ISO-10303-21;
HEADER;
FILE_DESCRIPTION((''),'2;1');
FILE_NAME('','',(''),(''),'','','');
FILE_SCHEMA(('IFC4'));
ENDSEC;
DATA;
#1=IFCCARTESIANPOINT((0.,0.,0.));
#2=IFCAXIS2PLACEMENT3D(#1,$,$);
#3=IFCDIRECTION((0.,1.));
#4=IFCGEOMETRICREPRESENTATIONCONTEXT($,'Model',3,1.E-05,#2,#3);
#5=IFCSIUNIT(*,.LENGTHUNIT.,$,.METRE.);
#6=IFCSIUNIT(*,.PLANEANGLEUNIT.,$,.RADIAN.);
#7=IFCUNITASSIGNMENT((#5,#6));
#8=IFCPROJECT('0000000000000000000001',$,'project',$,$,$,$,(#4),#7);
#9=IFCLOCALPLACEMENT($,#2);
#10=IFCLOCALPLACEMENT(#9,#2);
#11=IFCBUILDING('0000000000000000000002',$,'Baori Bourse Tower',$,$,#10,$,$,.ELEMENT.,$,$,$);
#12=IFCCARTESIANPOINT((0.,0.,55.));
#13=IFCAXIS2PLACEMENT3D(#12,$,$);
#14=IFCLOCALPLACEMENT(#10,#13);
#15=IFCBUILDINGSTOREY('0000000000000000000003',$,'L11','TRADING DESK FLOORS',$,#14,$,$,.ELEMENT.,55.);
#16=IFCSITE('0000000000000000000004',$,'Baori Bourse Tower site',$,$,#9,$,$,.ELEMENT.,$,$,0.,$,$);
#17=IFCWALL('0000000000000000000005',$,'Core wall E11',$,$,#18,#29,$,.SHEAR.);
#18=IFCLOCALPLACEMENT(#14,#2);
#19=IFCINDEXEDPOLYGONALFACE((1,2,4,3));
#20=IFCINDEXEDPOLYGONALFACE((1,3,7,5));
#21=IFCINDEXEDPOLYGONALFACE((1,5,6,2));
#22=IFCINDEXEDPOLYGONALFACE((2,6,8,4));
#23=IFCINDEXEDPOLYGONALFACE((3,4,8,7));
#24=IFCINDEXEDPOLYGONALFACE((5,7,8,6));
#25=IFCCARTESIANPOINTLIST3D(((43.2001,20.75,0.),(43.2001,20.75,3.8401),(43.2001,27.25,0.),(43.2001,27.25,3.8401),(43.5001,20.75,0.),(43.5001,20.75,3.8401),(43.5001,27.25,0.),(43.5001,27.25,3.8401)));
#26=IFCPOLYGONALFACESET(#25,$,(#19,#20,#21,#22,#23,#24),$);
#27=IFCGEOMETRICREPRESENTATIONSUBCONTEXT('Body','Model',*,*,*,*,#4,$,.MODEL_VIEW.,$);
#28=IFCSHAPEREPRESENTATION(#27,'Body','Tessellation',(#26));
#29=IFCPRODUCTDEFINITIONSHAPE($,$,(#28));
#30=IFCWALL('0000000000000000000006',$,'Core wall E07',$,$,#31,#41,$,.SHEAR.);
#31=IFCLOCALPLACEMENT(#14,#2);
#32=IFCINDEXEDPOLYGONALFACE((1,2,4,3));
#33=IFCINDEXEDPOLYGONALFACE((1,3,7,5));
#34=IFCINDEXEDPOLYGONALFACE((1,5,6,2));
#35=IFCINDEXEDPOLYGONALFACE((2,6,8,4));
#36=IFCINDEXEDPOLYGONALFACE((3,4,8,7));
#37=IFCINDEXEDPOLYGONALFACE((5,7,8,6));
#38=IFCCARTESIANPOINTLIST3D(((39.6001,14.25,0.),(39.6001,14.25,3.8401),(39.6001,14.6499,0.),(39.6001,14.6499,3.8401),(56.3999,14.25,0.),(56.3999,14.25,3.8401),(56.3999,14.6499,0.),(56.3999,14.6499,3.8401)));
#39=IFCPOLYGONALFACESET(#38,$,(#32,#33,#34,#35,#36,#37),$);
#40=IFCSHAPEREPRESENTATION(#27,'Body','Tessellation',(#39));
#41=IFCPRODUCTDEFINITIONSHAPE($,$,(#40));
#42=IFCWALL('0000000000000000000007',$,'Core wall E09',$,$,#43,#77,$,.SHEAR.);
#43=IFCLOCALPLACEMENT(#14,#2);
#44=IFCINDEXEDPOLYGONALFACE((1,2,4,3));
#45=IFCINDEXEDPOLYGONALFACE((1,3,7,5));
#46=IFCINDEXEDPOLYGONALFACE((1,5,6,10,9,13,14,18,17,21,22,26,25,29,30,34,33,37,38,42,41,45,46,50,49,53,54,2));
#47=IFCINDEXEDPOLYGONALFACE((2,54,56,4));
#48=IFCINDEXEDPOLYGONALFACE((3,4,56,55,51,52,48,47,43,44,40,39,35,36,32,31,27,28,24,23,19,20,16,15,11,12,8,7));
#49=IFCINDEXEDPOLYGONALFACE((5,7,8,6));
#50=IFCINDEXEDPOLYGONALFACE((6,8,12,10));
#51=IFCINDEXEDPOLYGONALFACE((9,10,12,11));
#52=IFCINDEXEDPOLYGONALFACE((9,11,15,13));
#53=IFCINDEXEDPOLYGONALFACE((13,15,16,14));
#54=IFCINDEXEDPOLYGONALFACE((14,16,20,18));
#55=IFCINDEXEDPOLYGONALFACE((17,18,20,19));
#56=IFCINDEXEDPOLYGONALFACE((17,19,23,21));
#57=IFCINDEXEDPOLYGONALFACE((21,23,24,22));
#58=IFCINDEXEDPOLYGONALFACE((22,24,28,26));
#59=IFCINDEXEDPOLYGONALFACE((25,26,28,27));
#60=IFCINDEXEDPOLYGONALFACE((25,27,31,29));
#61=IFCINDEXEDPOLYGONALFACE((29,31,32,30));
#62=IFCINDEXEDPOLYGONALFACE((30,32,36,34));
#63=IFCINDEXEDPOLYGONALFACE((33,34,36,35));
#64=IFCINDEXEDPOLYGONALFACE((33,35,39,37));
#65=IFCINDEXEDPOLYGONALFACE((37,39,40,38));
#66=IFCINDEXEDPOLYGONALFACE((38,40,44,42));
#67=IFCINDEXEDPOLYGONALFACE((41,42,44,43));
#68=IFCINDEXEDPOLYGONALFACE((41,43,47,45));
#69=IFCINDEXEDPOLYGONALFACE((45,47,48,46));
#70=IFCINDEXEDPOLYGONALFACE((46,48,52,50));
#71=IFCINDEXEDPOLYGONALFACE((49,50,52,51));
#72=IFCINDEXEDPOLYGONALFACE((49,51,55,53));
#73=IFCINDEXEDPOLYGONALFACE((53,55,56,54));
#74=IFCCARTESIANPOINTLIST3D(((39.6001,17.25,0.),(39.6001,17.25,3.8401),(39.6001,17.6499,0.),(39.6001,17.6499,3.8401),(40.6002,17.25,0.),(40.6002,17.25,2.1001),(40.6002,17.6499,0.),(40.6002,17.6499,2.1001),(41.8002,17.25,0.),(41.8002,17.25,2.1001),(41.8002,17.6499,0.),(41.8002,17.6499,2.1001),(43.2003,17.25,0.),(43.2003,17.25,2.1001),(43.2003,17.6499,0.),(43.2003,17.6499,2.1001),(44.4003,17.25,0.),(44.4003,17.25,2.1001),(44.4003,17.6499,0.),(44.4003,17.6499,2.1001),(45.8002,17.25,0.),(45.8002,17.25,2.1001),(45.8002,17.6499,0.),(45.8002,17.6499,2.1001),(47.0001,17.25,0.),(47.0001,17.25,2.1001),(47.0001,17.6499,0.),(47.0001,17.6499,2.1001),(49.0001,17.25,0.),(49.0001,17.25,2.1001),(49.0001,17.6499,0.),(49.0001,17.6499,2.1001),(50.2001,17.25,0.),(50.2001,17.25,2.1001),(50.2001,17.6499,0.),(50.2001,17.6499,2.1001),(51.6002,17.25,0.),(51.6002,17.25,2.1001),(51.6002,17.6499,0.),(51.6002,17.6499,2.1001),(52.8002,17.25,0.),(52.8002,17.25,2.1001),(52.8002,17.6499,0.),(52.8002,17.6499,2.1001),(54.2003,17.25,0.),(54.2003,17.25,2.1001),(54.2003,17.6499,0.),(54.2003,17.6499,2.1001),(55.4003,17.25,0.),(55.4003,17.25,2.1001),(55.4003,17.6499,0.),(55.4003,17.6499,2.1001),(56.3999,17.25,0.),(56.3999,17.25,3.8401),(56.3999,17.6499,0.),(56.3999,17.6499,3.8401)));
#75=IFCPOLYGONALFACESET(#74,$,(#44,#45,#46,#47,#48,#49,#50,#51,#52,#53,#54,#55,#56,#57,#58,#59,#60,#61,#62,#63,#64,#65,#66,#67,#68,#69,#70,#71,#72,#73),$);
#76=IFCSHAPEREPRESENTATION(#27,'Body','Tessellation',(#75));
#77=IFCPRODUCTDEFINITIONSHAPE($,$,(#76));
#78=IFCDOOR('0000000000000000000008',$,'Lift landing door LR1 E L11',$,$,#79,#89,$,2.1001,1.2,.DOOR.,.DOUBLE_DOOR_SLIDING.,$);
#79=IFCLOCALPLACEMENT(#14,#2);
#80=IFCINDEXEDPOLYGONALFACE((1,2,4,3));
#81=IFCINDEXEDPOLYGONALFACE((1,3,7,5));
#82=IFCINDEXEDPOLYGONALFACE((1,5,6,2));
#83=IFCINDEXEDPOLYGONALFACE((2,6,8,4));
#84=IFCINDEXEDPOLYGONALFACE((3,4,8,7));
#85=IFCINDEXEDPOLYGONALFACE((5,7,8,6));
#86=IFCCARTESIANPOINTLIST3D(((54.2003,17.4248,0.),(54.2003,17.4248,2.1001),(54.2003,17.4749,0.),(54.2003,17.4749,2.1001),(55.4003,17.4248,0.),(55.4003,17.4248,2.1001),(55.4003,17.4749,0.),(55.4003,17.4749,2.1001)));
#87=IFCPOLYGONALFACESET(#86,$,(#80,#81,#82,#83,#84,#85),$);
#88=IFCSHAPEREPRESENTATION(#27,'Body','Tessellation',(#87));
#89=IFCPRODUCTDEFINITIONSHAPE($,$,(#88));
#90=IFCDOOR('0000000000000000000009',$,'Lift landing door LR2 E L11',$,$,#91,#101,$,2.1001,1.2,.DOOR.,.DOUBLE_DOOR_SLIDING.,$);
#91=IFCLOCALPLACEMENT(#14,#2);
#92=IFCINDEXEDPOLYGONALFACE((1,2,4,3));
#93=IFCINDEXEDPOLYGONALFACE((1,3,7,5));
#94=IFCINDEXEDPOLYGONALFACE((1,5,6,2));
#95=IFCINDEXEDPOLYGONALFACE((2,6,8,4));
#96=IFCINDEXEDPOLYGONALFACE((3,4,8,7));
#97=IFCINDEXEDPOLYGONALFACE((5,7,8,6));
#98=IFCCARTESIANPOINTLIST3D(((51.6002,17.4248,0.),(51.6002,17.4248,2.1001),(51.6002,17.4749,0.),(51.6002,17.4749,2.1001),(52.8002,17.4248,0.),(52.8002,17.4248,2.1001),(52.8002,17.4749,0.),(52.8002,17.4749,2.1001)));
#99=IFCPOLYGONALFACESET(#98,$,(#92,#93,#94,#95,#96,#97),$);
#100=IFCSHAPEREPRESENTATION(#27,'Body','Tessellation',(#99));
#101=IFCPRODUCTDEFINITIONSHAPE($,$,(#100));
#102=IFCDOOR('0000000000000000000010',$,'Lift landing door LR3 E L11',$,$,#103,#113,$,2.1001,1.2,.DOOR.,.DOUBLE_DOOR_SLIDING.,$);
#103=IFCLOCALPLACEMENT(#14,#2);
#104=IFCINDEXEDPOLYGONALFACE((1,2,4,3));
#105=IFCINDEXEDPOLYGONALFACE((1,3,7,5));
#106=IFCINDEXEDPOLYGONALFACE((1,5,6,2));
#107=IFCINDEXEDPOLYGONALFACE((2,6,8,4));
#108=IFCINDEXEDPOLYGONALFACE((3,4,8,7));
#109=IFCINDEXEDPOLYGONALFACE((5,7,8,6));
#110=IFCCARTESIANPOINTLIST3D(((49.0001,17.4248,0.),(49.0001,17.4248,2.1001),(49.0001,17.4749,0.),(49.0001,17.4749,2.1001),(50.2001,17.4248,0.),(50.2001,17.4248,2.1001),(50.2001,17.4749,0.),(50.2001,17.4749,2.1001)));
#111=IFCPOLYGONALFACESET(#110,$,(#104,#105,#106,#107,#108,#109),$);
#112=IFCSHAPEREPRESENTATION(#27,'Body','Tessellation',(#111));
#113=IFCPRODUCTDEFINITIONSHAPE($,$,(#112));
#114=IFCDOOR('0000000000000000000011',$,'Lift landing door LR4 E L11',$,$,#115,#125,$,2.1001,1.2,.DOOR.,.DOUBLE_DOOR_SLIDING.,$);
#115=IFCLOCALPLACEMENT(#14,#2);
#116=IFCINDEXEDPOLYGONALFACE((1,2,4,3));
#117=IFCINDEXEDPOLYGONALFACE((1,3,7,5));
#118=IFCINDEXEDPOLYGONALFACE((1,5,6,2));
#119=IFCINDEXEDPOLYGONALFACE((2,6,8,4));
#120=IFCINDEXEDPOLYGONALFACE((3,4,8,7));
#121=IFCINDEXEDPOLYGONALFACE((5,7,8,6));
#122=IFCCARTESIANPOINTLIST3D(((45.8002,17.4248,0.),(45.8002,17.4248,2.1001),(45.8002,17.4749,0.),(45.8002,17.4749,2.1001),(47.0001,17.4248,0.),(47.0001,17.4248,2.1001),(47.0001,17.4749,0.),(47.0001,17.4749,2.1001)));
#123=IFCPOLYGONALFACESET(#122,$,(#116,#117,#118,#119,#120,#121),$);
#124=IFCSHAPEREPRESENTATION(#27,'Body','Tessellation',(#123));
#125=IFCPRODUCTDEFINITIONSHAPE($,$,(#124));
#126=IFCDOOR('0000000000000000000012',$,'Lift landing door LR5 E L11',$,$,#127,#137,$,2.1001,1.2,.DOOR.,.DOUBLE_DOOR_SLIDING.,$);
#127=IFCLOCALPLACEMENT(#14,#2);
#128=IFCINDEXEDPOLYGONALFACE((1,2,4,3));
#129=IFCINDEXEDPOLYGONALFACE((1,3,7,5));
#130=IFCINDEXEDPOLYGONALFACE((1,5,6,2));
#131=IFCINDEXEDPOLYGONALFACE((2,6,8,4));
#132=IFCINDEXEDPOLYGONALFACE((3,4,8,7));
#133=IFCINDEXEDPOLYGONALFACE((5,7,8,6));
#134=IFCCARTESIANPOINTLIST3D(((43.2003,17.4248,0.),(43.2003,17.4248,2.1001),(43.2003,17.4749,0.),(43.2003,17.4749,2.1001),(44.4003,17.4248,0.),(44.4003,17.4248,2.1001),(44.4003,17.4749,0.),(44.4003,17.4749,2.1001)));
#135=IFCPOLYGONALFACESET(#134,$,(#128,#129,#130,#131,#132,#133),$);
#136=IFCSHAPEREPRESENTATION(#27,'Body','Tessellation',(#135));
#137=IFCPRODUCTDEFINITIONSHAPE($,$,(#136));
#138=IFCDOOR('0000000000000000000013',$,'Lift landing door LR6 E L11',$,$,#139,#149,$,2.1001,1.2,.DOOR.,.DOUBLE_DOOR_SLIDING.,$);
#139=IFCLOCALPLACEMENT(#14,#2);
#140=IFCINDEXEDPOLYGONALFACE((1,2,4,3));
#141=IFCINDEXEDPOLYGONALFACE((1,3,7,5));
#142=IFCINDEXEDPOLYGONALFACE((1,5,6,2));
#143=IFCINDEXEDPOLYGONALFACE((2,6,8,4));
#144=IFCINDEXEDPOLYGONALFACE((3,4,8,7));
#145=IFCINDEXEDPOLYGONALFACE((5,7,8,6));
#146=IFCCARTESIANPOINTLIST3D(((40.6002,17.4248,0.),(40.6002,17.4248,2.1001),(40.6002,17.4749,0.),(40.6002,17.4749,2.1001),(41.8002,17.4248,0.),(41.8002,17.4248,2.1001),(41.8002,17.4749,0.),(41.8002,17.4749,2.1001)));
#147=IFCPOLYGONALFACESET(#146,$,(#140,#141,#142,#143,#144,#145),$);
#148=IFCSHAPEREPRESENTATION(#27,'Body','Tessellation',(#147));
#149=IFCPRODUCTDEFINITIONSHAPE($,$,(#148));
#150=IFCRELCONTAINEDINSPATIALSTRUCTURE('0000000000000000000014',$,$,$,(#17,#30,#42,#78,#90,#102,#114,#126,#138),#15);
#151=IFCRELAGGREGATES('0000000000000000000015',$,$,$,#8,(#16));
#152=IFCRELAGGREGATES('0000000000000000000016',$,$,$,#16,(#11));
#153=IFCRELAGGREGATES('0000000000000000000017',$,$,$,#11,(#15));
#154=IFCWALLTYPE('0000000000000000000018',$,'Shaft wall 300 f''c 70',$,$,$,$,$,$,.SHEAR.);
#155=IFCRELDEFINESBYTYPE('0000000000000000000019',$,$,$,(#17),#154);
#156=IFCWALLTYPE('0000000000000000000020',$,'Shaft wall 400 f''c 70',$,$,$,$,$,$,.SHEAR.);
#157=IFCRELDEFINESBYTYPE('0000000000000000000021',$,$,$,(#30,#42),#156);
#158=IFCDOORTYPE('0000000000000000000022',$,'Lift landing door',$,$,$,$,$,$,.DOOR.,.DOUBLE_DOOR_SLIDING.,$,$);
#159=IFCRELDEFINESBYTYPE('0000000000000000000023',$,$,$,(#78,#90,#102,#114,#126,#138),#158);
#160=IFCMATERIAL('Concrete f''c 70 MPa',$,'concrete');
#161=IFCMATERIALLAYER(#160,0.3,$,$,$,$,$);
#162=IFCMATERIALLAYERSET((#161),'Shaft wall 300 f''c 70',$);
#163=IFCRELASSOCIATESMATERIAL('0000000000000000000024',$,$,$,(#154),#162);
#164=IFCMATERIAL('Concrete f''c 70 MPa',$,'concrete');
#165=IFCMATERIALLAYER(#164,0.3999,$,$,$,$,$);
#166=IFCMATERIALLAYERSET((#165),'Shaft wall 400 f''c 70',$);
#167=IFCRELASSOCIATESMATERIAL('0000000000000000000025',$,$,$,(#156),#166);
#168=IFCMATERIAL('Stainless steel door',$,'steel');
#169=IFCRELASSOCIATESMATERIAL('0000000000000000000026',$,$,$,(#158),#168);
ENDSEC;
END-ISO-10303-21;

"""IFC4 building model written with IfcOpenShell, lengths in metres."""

from ifc_helpers import new_model, si_unit, direction, frame, frame_2d, origin, place, context, subcontext, project, spatial, rectangle, extrude, material, layer, layer_set, type_object, element, fill, save


model = new_model("IFC4")

# Units and contexts
model_context = context("Model", 3, precision=1e-05, world=origin(), true_north=direction((0.0, 1.0)))
body_context = subcontext(model_context, "Body", "Model", "MODEL_VIEW")
ifc_project = project(units=[si_unit("LENGTHUNIT", "METRE"), si_unit("PLANEANGLEUNIT", "RADIAN")], contexts=[model_context])

# Site, building, storey
site_placement = place(None, origin())
site = spatial("IfcSite", under=ifc_project, at=site_placement, Name="Baori Bourse Tower site", CompositionType="ELEMENT", RefElevation=0.0)
building_placement = place(site_placement, origin())
building = spatial("IfcBuilding", under=site, at=building_placement, Name="Baori Bourse Tower", CompositionType="ELEMENT")
storey_placement = place(building_placement, frame((0.0, 0.0, 55.0)))
storey = spatial("IfcBuildingStorey", under=building, at=storey_placement, Name="L11", Description="TRADING DESK FLOORS", CompositionType="ELEMENT", Elevation=55.0)

# Walls
ifc_material_1 = material(Name="Concrete f'c 70 MPa", Category="concrete")
ifc_layer_1 = layer(ifc_material_1, 0.3)
ifc_layer_set_1 = layer_set([ifc_layer_1], Name="Shaft wall 300 f'c 70")
wall_type_1 = type_object("IfcWallType", Name="Shaft wall 300 f'c 70", PredefinedType="SHEAR", material=ifc_layer_set_1)
wall_1_placement = place(storey_placement, frame((43.3501, 20.75, 0.0), z_axis=(0.0, 0.0, 1.0), x_axis=(0.0, 1.0, 0.0)))
element("IfcWall", 1, at=wall_1_placement, inside=storey, type_object=wall_type_1, Name="Core wall E11", PredefinedType="SHEAR", context=body_context, shape_type="SweptSolid", body=[
    extrude(rectangle(XDim=6.5, YDim=0.3, at=frame_2d((3.25, 0.0))), origin(), (0.0, 0.0, 1.0), 3.8401),
])
ifc_material_2 = material(Name="Concrete f'c 70 MPa", Category="concrete")
ifc_layer_2 = layer(ifc_material_2, 0.3999)
ifc_layer_set_2 = layer_set([ifc_layer_2], Name="Shaft wall 400 f'c 70")
wall_type_2 = type_object("IfcWallType", Name="Shaft wall 400 f'c 70", PredefinedType="SHEAR", material=ifc_layer_set_2)
wall_2_placement = place(storey_placement, frame((39.6001, 14.45, 0.0), z_axis=(0.0, 0.0, 1.0), x_axis=(1.0, 0.0, 0.0)))
element("IfcWall", 2, at=wall_2_placement, inside=storey, type_object=wall_type_2, Name="Core wall E07", PredefinedType="SHEAR", context=body_context, shape_type="SweptSolid", body=[
    extrude(rectangle(XDim=16.7998, YDim=0.3999, at=frame_2d((8.3999, 0.0))), origin(), (0.0, 0.0, 1.0), 3.8401),
])

# Wall, openings, doors
wall_3_placement = place(storey_placement, frame((39.6001, 17.45, 0.0), z_axis=(0.0, 0.0, 1.0), x_axis=(1.0, 0.0, 0.0)))
wall_3 = element("IfcWall", 3, at=wall_3_placement, inside=storey, type_object=wall_type_2, Name="Core wall E09", PredefinedType="SHEAR", context=body_context, shape_type="SweptSolid", body=[
    extrude(rectangle(XDim=16.7998, YDim=0.3999, at=frame_2d((8.3999, 0.0))), origin(), (0.0, 0.0, 1.0), 3.8401),
])
opening_1_placement = place(wall_3_placement, frame((14.6001, 0.0, 0.0)))
opening_1 = element("IfcOpeningElement", 4, at=opening_1_placement, cuts=wall_3, PredefinedType="OPENING", context=body_context, shape_type="SweptSolid", body=[
    extrude(rectangle(XDim=1.2, YDim=2.1001, at=frame_2d((0.6001, 1.05))), frame((0.0, 0.21, 0.0), z_axis=(0.0, -1.0, 0.0), x_axis=(1.0, 0.0, 0.0)), (0.0, 0.0, 1.0), 0.4199),
])
opening_2_placement = place(wall_3_placement, frame((12.0, 0.0, 0.0)))
opening_2 = element("IfcOpeningElement", 5, at=opening_2_placement, cuts=wall_3, PredefinedType="OPENING", context=body_context, shape_type="SweptSolid", body=[
    extrude(rectangle(XDim=1.2, YDim=2.1001, at=frame_2d((0.6001, 1.05))), frame((0.0, 0.21, 0.0), z_axis=(0.0, -1.0, 0.0), x_axis=(1.0, 0.0, 0.0)), (0.0, 0.0, 1.0), 0.4199),
])
opening_3_placement = place(wall_3_placement, frame((9.3999, 0.0, 0.0)))
opening_3 = element("IfcOpeningElement", 6, at=opening_3_placement, cuts=wall_3, PredefinedType="OPENING", context=body_context, shape_type="SweptSolid", body=[
    extrude(rectangle(XDim=1.2, YDim=2.1001, at=frame_2d((0.6001, 1.05))), frame((0.0, 0.21, 0.0), z_axis=(0.0, -1.0, 0.0), x_axis=(1.0, 0.0, 0.0)), (0.0, 0.0, 1.0), 0.4199),
])
opening_4_placement = place(wall_3_placement, frame((6.2, 0.0, 0.0)))
opening_4 = element("IfcOpeningElement", 7, at=opening_4_placement, cuts=wall_3, PredefinedType="OPENING", context=body_context, shape_type="SweptSolid", body=[
    extrude(rectangle(XDim=1.2, YDim=2.1001, at=frame_2d((0.6001, 1.05))), frame((0.0, 0.21, 0.0), z_axis=(0.0, -1.0, 0.0), x_axis=(1.0, 0.0, 0.0)), (0.0, 0.0, 1.0), 0.4199),
])
opening_5_placement = place(wall_3_placement, frame((3.6001, 0.0, 0.0)))
opening_5 = element("IfcOpeningElement", 8, at=opening_5_placement, cuts=wall_3, PredefinedType="OPENING", context=body_context, shape_type="SweptSolid", body=[
    extrude(rectangle(XDim=1.2, YDim=2.1001, at=frame_2d((0.6001, 1.05))), frame((0.0, 0.21, 0.0), z_axis=(0.0, -1.0, 0.0), x_axis=(1.0, 0.0, 0.0)), (0.0, 0.0, 1.0), 0.4199),
])
opening_6_placement = place(wall_3_placement, frame((1.0, 0.0, 0.0)))
opening_6 = element("IfcOpeningElement", 9, at=opening_6_placement, cuts=wall_3, PredefinedType="OPENING", context=body_context, shape_type="SweptSolid", body=[
    extrude(rectangle(XDim=1.2, YDim=2.1001, at=frame_2d((0.6001, 1.05))), frame((0.0, 0.21, 0.0), z_axis=(0.0, -1.0, 0.0), x_axis=(1.0, 0.0, 0.0)), (0.0, 0.0, 1.0), 0.4199),
])
ifc_material_3 = material(Name="Stainless steel door", Category="steel")
door_type_1 = type_object("IfcDoorType", Name="Lift landing door", OperationType="DOUBLE_DOOR_SLIDING", PredefinedType="DOOR", material=ifc_material_3)
door_1_placement = place(opening_1_placement, origin())
door_1 = element("IfcDoor", 10, at=door_1_placement, inside=storey, type_object=door_type_1, Name="Lift landing door LR1 E L11", OperationType="DOUBLE_DOOR_SLIDING", OverallHeight=2.1001, OverallWidth=1.2, PredefinedType="DOOR", context=body_context, shape_type="SweptSolid", body=[
    extrude(rectangle(XDim=1.2, YDim=2.1001, at=frame_2d((0.6001, 1.05))), frame((0.0, 0.0249, 0.0), z_axis=(0.0, -1.0, 0.0), x_axis=(1.0, 0.0, 0.0)), (0.0, 0.0, 1.0), 0.05),
])
fill(opening_1, door_1)
door_2_placement = place(opening_2_placement, origin())
door_2 = element("IfcDoor", 11, at=door_2_placement, inside=storey, type_object=door_type_1, Name="Lift landing door LR2 E L11", OperationType="DOUBLE_DOOR_SLIDING", OverallHeight=2.1001, OverallWidth=1.2, PredefinedType="DOOR", context=body_context, shape_type="SweptSolid", body=[
    extrude(rectangle(XDim=1.2, YDim=2.1001, at=frame_2d((0.6001, 1.05))), frame((0.0, 0.0249, 0.0), z_axis=(0.0, -1.0, 0.0), x_axis=(1.0, 0.0, 0.0)), (0.0, 0.0, 1.0), 0.05),
])
fill(opening_2, door_2)
door_3_placement = place(opening_3_placement, origin())
door_3 = element("IfcDoor", 12, at=door_3_placement, inside=storey, type_object=door_type_1, Name="Lift landing door LR3 E L11", OperationType="DOUBLE_DOOR_SLIDING", OverallHeight=2.1001, OverallWidth=1.2, PredefinedType="DOOR", context=body_context, shape_type="SweptSolid", body=[
    extrude(rectangle(XDim=1.2, YDim=2.1001, at=frame_2d((0.6001, 1.05))), frame((0.0, 0.0249, 0.0), z_axis=(0.0, -1.0, 0.0), x_axis=(1.0, 0.0, 0.0)), (0.0, 0.0, 1.0), 0.05),
])
fill(opening_3, door_3)
door_4_placement = place(opening_4_placement, origin())
door_4 = element("IfcDoor", 13, at=door_4_placement, inside=storey, type_object=door_type_1, Name="Lift landing door LR4 E L11", OperationType="DOUBLE_DOOR_SLIDING", OverallHeight=2.1001, OverallWidth=1.2, PredefinedType="DOOR", context=body_context, shape_type="SweptSolid", body=[
    extrude(rectangle(XDim=1.2, YDim=2.1001, at=frame_2d((0.6001, 1.05))), frame((0.0, 0.0249, 0.0), z_axis=(0.0, -1.0, 0.0), x_axis=(1.0, 0.0, 0.0)), (0.0, 0.0, 1.0), 0.05),
])
fill(opening_4, door_4)
door_5_placement = place(opening_5_placement, origin())
door_5 = element("IfcDoor", 14, at=door_5_placement, inside=storey, type_object=door_type_1, Name="Lift landing door LR5 E L11", OperationType="DOUBLE_DOOR_SLIDING", OverallHeight=2.1001, OverallWidth=1.2, PredefinedType="DOOR", context=body_context, shape_type="SweptSolid", body=[
    extrude(rectangle(XDim=1.2, YDim=2.1001, at=frame_2d((0.6001, 1.05))), frame((0.0, 0.0249, 0.0), z_axis=(0.0, -1.0, 0.0), x_axis=(1.0, 0.0, 0.0)), (0.0, 0.0, 1.0), 0.05),
])
fill(opening_5, door_5)
door_6_placement = place(opening_6_placement, origin())
door_6 = element("IfcDoor", 15, at=door_6_placement, inside=storey, type_object=door_type_1, Name="Lift landing door LR6 E L11", OperationType="DOUBLE_DOOR_SLIDING", OverallHeight=2.1001, OverallWidth=1.2, PredefinedType="DOOR", context=body_context, shape_type="SweptSolid", body=[
    extrude(rectangle(XDim=1.2, YDim=2.1001, at=frame_2d((0.6001, 1.05))), frame((0.0, 0.0249, 0.0), z_axis=(0.0, -1.0, 0.0), x_axis=(1.0, 0.0, 0.0)), (0.0, 0.0, 1.0), 0.05),
])
fill(opening_6, door_6)

save(model, "model.ifc")
